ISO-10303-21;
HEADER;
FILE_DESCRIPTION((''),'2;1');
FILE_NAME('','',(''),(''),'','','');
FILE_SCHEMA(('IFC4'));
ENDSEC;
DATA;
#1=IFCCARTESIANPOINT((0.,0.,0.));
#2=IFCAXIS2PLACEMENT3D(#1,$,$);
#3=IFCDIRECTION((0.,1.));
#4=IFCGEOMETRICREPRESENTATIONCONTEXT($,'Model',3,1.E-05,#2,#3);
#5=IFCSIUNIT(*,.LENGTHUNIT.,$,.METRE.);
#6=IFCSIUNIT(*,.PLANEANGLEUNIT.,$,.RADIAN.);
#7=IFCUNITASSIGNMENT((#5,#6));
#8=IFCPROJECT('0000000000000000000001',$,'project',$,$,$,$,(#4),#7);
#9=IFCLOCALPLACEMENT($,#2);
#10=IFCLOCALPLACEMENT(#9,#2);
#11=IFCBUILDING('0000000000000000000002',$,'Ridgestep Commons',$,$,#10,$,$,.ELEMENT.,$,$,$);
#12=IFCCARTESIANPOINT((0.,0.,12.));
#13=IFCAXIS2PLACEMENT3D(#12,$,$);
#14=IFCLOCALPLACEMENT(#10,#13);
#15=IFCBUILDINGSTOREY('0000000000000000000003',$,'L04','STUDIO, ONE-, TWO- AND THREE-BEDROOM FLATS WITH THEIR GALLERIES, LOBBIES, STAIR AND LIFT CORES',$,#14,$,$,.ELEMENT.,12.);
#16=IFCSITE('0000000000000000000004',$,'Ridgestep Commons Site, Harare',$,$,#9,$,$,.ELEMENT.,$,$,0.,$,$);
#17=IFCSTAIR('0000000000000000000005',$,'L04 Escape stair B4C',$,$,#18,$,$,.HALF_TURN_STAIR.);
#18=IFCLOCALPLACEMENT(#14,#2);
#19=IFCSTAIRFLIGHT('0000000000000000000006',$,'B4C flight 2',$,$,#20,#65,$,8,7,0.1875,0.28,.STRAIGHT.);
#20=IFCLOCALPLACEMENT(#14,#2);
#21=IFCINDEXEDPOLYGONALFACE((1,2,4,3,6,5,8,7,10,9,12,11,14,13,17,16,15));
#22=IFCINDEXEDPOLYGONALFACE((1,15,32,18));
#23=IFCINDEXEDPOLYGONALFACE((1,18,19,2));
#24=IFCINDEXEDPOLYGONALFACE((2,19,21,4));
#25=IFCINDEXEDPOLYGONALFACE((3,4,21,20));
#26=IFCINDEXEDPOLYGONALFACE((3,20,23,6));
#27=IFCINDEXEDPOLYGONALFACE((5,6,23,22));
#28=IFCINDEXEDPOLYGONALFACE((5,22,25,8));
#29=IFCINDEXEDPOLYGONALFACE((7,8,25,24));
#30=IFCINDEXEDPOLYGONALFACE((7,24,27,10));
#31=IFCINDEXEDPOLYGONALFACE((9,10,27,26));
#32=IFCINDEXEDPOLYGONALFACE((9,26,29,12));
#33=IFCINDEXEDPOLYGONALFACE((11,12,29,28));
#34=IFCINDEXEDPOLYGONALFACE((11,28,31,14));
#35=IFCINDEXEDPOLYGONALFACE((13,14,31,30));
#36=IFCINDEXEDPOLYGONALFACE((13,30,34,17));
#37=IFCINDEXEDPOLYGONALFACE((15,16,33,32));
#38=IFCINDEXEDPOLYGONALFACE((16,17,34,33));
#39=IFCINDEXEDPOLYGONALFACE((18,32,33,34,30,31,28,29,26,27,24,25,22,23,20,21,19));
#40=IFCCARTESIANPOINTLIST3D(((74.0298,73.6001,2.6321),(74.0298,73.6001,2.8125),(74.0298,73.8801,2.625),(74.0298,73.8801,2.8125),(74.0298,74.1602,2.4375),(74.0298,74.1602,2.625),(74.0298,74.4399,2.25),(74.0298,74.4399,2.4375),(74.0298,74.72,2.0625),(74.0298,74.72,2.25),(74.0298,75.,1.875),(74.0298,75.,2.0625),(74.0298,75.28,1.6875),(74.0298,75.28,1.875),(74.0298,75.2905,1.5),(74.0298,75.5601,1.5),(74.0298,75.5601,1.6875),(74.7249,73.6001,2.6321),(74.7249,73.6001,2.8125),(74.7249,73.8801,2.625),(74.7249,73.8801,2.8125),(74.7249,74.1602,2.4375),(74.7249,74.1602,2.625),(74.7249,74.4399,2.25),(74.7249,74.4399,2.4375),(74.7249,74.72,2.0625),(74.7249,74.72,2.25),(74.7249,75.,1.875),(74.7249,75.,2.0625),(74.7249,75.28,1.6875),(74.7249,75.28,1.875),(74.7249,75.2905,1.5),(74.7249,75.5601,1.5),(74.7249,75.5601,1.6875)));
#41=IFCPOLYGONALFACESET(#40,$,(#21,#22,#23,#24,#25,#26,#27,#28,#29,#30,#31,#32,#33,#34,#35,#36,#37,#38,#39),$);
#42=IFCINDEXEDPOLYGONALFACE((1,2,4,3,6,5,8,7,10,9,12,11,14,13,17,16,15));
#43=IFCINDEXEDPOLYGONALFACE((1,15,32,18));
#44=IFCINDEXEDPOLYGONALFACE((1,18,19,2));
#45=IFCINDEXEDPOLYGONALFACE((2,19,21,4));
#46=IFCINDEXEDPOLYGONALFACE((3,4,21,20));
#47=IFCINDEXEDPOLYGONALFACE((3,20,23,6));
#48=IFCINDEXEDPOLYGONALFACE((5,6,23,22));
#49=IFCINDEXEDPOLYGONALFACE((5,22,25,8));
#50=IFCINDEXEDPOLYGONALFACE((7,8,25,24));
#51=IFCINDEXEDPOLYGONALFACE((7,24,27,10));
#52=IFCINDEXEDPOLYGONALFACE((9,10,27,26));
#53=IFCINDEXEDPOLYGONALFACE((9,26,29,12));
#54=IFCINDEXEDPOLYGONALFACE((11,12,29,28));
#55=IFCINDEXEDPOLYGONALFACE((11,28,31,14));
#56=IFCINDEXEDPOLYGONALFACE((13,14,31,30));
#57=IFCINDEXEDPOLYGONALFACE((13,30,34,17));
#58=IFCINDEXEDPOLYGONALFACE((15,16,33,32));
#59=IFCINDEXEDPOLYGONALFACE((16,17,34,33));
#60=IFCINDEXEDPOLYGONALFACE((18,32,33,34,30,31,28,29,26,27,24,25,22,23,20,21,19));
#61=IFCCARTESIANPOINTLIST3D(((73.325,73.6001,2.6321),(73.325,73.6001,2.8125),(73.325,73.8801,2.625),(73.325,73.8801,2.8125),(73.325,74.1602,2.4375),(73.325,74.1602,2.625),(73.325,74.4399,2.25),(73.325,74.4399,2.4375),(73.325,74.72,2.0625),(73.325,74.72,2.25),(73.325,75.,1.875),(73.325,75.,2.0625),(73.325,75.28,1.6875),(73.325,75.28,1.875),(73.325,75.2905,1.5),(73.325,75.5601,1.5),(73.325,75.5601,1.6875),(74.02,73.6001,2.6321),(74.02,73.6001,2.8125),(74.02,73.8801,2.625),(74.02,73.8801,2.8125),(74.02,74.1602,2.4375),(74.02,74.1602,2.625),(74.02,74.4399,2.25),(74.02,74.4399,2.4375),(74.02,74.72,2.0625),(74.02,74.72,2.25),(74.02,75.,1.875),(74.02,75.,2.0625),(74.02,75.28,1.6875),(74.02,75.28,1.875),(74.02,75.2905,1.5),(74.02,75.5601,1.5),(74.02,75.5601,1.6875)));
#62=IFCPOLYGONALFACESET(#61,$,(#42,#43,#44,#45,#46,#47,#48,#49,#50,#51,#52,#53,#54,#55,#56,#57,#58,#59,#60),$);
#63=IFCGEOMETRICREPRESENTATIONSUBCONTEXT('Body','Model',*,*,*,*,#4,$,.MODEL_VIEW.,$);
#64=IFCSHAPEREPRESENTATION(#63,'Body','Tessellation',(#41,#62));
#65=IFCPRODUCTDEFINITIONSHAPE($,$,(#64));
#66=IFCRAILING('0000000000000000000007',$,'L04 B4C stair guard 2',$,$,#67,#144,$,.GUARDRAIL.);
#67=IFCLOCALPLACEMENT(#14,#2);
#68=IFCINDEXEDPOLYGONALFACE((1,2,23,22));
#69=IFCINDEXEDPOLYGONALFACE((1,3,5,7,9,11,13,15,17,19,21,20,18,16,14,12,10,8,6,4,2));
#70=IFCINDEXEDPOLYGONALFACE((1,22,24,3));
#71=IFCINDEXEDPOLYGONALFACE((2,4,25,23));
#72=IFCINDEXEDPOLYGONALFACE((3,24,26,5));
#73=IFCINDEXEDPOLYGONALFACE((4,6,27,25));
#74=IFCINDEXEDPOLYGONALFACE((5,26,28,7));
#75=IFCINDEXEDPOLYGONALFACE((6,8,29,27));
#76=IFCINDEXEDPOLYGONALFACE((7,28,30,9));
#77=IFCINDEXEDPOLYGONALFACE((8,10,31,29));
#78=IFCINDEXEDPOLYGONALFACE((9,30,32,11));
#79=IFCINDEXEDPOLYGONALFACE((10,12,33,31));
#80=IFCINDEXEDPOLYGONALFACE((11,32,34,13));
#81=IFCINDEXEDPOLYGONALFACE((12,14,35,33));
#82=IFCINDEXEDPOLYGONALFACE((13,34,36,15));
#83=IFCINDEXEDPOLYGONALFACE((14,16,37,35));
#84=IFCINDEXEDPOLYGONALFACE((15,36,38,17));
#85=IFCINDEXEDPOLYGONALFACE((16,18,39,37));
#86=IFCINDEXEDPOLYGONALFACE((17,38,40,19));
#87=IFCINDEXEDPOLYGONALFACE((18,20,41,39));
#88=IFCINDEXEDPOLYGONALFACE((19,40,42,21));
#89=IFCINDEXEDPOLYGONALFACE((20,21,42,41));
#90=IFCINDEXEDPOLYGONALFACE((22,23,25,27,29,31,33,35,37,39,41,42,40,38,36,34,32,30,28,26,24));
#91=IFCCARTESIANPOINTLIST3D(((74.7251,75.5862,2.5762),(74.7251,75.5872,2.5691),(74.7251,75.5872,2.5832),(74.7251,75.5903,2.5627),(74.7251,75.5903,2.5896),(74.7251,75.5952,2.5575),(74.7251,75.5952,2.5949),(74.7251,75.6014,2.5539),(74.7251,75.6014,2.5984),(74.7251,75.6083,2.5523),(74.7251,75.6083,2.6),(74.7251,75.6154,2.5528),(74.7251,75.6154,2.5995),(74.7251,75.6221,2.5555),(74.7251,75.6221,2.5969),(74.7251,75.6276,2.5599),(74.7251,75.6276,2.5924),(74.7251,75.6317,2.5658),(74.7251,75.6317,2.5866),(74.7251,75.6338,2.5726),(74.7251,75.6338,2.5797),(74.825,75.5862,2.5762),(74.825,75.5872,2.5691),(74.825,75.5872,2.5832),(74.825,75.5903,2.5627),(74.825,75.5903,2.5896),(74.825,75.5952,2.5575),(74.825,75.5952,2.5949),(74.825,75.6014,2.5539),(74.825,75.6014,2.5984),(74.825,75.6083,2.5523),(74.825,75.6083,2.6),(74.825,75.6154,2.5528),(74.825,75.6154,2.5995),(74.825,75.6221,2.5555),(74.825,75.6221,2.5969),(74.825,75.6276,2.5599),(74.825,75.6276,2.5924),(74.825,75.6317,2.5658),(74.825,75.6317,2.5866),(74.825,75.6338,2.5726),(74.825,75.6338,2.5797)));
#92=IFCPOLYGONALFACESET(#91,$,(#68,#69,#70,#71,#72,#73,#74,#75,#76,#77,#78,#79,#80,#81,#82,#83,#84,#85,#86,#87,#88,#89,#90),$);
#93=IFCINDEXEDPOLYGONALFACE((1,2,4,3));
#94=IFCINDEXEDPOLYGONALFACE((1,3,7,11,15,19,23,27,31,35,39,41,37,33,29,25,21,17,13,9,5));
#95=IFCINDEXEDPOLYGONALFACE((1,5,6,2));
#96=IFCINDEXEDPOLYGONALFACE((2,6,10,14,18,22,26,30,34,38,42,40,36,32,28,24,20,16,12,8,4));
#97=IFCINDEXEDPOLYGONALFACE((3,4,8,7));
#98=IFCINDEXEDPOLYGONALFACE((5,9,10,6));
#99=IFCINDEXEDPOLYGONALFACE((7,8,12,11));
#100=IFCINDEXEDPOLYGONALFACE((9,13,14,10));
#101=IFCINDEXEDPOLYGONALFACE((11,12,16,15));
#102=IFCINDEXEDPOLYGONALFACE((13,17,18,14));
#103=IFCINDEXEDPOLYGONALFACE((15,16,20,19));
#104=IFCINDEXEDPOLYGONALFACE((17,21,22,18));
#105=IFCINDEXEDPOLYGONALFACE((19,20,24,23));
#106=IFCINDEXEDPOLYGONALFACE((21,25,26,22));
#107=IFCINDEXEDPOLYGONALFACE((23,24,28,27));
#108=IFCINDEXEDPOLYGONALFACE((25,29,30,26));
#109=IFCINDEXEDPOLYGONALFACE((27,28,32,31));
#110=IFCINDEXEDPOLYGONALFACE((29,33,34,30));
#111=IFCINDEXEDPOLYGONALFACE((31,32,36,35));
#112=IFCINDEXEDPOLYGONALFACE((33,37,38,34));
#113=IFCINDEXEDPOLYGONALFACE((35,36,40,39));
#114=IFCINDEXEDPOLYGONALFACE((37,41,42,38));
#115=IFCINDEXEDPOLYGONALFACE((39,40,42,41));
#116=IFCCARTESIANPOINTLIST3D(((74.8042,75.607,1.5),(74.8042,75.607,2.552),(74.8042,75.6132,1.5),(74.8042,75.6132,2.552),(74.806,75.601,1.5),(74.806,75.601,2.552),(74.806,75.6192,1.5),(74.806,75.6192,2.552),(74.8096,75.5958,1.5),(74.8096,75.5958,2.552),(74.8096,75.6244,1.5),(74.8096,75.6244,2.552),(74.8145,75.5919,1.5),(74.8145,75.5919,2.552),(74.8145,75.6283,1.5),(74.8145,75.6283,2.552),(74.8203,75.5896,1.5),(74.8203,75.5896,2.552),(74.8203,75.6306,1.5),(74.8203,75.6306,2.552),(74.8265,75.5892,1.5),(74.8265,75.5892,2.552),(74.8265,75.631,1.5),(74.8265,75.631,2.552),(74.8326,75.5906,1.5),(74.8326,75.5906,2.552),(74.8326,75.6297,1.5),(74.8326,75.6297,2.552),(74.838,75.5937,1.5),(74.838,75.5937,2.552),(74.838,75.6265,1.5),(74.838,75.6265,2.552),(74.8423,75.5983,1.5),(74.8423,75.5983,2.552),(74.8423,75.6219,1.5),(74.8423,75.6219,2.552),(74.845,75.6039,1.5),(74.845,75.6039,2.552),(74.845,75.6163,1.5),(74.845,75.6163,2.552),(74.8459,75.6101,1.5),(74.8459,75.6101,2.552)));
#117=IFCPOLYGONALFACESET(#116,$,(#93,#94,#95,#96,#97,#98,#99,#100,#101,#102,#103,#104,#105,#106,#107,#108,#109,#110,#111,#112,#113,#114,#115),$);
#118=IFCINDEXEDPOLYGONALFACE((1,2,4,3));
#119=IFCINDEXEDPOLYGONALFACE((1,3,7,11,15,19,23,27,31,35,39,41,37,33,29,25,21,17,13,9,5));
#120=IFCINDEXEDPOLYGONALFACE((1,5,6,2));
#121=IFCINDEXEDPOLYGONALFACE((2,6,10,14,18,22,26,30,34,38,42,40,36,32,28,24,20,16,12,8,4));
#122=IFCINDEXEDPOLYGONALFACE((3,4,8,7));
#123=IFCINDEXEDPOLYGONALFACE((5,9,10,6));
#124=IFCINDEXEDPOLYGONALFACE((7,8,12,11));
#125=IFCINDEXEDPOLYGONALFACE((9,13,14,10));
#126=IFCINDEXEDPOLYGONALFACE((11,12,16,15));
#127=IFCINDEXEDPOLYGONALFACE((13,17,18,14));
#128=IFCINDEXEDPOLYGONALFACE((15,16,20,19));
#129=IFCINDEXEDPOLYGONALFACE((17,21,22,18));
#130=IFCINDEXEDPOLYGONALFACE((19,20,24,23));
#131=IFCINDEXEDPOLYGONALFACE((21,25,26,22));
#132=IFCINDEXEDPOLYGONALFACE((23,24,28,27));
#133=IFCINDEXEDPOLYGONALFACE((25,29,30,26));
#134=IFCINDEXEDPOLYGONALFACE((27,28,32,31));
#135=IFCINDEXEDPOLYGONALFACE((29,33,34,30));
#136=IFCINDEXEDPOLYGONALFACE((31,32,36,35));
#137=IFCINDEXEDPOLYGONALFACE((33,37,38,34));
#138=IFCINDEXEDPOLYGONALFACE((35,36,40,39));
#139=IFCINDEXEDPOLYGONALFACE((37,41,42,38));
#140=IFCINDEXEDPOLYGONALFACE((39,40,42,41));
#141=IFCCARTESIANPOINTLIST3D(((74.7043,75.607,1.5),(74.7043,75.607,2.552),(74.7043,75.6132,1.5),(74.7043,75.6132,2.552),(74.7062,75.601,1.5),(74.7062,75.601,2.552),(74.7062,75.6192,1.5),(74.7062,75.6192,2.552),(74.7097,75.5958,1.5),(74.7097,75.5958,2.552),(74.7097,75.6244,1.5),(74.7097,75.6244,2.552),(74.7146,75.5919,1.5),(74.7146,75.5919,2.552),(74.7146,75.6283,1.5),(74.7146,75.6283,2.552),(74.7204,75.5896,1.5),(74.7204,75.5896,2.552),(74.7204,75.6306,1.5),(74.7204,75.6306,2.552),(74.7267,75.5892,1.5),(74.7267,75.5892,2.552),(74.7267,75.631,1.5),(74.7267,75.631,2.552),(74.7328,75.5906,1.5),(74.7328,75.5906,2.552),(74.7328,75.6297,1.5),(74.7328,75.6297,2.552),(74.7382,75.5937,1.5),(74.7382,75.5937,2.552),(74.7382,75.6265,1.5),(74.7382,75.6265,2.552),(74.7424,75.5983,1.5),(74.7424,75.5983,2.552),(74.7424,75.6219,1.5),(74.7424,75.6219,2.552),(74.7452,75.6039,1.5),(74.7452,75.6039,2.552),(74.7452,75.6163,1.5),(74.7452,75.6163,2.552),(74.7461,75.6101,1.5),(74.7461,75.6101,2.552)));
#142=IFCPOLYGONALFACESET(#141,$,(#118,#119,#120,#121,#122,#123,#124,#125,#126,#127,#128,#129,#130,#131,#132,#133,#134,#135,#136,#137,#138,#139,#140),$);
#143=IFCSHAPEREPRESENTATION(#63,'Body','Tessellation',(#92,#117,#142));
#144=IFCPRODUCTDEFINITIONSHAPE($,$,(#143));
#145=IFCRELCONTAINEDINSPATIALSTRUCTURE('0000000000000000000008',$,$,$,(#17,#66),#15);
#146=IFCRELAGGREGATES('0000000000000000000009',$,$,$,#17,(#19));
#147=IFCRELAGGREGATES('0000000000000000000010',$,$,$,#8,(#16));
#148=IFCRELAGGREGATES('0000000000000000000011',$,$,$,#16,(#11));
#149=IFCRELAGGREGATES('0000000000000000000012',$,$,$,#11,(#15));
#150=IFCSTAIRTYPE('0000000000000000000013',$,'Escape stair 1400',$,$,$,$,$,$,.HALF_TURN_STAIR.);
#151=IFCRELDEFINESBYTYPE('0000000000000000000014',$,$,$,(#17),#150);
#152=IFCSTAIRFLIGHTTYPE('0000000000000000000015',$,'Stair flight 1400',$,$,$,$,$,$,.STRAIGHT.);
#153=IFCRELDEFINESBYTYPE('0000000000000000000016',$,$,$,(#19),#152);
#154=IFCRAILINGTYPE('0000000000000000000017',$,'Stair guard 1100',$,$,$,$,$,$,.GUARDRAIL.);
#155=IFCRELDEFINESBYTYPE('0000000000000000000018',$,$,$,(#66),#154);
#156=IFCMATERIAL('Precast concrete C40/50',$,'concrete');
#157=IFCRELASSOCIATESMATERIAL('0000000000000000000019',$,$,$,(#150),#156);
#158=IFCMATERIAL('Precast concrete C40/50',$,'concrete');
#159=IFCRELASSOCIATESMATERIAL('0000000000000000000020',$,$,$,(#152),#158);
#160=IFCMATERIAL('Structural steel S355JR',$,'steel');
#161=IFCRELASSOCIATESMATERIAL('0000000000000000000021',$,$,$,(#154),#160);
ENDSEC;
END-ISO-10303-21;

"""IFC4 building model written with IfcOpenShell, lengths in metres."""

from ifc_helpers import new_model, si_unit, direction, frame, origin, origin_2d, place, context, subcontext, project, spatial, polyline, circle, outline, extrude, material, type_object, element, aggregate, save


model = new_model("IFC4")

# Units and contexts
model_context = context("Model", 3, precision=1e-05, world=origin(), true_north=direction((0.0, 1.0)))
body_context = subcontext(model_context, "Body", "Model", "MODEL_VIEW")
ifc_project = project(units=[si_unit("LENGTHUNIT", "METRE"), si_unit("PLANEANGLEUNIT", "RADIAN")], contexts=[model_context])

# Site, building, storey
site_placement = place(None, origin())
site = spatial("IfcSite", under=ifc_project, at=site_placement, Name="Ridgestep Commons Site, Harare", CompositionType="ELEMENT", RefElevation=0.0)
building_placement = place(site_placement, origin())
building = spatial("IfcBuilding", under=site, at=building_placement, Name="Ridgestep Commons", CompositionType="ELEMENT")
storey_placement = place(building_placement, frame((0.0, 0.0, 12.0)))
storey = spatial("IfcBuildingStorey", under=building, at=storey_placement, Name="L04", Description="STUDIO, ONE-, TWO- AND THREE-BEDROOM FLATS WITH THEIR GALLERIES, LOBBIES, STAIR AND LIFT CORES", CompositionType="ELEMENT", Elevation=12.0)

# Stair, stair flight
ifc_material_1 = material(Name="Precast concrete C40/50", Category="concrete")
stair_type = type_object("IfcStairType", Name="Escape stair 1400", PredefinedType="HALF_TURN_STAIR", material=ifc_material_1)
stair_placement = place(storey_placement, origin())
stair = element("IfcStair", 1, at=stair_placement, inside=storey, type_object=stair_type, Name="L04 Escape stair B4C", PredefinedType="HALF_TURN_STAIR")
ifc_material_2 = material(Name="Precast concrete C40/50", Category="concrete")
stair_flight_type = type_object("IfcStairFlightType", Name="Stair flight 1400", PredefinedType="STRAIGHT", material=ifc_material_2)
stair_flight_placement = place(storey_placement, frame((74.0249, 75.5601, 1.5), z_axis=(0.0, 0.0, 1.0), x_axis=(0.0, -1.0, 0.0)))
stair_flight = element("IfcStairFlight", 2, at=stair_flight_placement, type_object=stair_flight_type, Name="B4C flight 2", NumberOfRisers=8, NumberOfTreads=7, PredefinedType="STRAIGHT", RiserHeight=0.1875, TreadLength=0.28, context=body_context, shape_type="SweptSolid", body=[
    extrude(outline(polyline([(0.0, 0.0), (0.0, 0.1875), (0.28, 0.1875), (0.28, 0.375), (0.5601, 0.375), (0.5601, 0.5625), (0.8401, 0.5625), (0.8401, 0.75), (1.1201, 0.75), (1.1201, 0.9375), (1.3999, 0.9375), (1.3999, 1.125), (1.6799, 1.125), (1.6799, 1.3125), (1.96, 1.3125), (1.96, 1.5), (1.96, 1.1321), (0.2695, 0.0), (0.0, 0.0)])), frame((0.0, 0.7, 0.0), z_axis=(0.0, -1.0, 0.0), x_axis=(1.0, 0.0, 0.0)), (0.0, 0.0, 1.0), 0.6951),
    extrude(outline(polyline([(0.0, 0.0), (0.0, 0.1875), (0.28, 0.1875), (0.28, 0.375), (0.5601, 0.375), (0.5601, 0.5625), (0.8401, 0.5625), (0.8401, 0.75), (1.1201, 0.75), (1.1201, 0.9375), (1.3999, 0.9375), (1.3999, 1.125), (1.6799, 1.125), (1.6799, 1.3125), (1.96, 1.3125), (1.96, 1.5), (1.96, 1.1321), (0.2695, 0.0), (0.0, 0.0)])), frame((0.0, -0.0049, 0.0), z_axis=(0.0, -1.0, 0.0), x_axis=(1.0, 0.0, 0.0)), (0.0, 0.0, 1.0), 0.6951),
])
aggregate(stair, [stair_flight])

# Railing
ifc_material_3 = material(Name="Structural steel S355JR", Category="steel")
railing_type_1 = type_object("IfcRailingType", Name="Stair guard 1100", PredefinedType="GUARDRAIL", material=ifc_material_3)
railing_1_placement = place(storey_placement, frame((74.825, 75.6101, 1.5)))
element("IfcRailing", 3, at=railing_1_placement, inside=storey, type_object=railing_type_1, Name="L04 B4C stair guard 2", PredefinedType="GUARDRAIL", context=body_context, shape_type="SweptSolid", body=[
    extrude(circle(Radius=0.0239, at=origin_2d()), frame((0.0, 0.0, 1.0762), z_axis=(-1.0, 0.0, 0.0), x_axis=(0.0, -1.0, 0.0)), (0.0, 0.0, 1.0), 0.0999),
    extrude(circle(Radius=0.021, at=origin_2d()), origin(), (0.0, 0.0, 1.0), 1.052),
    extrude(circle(Radius=0.021, at=origin_2d()), frame((-0.0999, 0.0, 0.0)), (0.0, 0.0, 1.0), 1.052),
])

save(model, "model.ifc")
